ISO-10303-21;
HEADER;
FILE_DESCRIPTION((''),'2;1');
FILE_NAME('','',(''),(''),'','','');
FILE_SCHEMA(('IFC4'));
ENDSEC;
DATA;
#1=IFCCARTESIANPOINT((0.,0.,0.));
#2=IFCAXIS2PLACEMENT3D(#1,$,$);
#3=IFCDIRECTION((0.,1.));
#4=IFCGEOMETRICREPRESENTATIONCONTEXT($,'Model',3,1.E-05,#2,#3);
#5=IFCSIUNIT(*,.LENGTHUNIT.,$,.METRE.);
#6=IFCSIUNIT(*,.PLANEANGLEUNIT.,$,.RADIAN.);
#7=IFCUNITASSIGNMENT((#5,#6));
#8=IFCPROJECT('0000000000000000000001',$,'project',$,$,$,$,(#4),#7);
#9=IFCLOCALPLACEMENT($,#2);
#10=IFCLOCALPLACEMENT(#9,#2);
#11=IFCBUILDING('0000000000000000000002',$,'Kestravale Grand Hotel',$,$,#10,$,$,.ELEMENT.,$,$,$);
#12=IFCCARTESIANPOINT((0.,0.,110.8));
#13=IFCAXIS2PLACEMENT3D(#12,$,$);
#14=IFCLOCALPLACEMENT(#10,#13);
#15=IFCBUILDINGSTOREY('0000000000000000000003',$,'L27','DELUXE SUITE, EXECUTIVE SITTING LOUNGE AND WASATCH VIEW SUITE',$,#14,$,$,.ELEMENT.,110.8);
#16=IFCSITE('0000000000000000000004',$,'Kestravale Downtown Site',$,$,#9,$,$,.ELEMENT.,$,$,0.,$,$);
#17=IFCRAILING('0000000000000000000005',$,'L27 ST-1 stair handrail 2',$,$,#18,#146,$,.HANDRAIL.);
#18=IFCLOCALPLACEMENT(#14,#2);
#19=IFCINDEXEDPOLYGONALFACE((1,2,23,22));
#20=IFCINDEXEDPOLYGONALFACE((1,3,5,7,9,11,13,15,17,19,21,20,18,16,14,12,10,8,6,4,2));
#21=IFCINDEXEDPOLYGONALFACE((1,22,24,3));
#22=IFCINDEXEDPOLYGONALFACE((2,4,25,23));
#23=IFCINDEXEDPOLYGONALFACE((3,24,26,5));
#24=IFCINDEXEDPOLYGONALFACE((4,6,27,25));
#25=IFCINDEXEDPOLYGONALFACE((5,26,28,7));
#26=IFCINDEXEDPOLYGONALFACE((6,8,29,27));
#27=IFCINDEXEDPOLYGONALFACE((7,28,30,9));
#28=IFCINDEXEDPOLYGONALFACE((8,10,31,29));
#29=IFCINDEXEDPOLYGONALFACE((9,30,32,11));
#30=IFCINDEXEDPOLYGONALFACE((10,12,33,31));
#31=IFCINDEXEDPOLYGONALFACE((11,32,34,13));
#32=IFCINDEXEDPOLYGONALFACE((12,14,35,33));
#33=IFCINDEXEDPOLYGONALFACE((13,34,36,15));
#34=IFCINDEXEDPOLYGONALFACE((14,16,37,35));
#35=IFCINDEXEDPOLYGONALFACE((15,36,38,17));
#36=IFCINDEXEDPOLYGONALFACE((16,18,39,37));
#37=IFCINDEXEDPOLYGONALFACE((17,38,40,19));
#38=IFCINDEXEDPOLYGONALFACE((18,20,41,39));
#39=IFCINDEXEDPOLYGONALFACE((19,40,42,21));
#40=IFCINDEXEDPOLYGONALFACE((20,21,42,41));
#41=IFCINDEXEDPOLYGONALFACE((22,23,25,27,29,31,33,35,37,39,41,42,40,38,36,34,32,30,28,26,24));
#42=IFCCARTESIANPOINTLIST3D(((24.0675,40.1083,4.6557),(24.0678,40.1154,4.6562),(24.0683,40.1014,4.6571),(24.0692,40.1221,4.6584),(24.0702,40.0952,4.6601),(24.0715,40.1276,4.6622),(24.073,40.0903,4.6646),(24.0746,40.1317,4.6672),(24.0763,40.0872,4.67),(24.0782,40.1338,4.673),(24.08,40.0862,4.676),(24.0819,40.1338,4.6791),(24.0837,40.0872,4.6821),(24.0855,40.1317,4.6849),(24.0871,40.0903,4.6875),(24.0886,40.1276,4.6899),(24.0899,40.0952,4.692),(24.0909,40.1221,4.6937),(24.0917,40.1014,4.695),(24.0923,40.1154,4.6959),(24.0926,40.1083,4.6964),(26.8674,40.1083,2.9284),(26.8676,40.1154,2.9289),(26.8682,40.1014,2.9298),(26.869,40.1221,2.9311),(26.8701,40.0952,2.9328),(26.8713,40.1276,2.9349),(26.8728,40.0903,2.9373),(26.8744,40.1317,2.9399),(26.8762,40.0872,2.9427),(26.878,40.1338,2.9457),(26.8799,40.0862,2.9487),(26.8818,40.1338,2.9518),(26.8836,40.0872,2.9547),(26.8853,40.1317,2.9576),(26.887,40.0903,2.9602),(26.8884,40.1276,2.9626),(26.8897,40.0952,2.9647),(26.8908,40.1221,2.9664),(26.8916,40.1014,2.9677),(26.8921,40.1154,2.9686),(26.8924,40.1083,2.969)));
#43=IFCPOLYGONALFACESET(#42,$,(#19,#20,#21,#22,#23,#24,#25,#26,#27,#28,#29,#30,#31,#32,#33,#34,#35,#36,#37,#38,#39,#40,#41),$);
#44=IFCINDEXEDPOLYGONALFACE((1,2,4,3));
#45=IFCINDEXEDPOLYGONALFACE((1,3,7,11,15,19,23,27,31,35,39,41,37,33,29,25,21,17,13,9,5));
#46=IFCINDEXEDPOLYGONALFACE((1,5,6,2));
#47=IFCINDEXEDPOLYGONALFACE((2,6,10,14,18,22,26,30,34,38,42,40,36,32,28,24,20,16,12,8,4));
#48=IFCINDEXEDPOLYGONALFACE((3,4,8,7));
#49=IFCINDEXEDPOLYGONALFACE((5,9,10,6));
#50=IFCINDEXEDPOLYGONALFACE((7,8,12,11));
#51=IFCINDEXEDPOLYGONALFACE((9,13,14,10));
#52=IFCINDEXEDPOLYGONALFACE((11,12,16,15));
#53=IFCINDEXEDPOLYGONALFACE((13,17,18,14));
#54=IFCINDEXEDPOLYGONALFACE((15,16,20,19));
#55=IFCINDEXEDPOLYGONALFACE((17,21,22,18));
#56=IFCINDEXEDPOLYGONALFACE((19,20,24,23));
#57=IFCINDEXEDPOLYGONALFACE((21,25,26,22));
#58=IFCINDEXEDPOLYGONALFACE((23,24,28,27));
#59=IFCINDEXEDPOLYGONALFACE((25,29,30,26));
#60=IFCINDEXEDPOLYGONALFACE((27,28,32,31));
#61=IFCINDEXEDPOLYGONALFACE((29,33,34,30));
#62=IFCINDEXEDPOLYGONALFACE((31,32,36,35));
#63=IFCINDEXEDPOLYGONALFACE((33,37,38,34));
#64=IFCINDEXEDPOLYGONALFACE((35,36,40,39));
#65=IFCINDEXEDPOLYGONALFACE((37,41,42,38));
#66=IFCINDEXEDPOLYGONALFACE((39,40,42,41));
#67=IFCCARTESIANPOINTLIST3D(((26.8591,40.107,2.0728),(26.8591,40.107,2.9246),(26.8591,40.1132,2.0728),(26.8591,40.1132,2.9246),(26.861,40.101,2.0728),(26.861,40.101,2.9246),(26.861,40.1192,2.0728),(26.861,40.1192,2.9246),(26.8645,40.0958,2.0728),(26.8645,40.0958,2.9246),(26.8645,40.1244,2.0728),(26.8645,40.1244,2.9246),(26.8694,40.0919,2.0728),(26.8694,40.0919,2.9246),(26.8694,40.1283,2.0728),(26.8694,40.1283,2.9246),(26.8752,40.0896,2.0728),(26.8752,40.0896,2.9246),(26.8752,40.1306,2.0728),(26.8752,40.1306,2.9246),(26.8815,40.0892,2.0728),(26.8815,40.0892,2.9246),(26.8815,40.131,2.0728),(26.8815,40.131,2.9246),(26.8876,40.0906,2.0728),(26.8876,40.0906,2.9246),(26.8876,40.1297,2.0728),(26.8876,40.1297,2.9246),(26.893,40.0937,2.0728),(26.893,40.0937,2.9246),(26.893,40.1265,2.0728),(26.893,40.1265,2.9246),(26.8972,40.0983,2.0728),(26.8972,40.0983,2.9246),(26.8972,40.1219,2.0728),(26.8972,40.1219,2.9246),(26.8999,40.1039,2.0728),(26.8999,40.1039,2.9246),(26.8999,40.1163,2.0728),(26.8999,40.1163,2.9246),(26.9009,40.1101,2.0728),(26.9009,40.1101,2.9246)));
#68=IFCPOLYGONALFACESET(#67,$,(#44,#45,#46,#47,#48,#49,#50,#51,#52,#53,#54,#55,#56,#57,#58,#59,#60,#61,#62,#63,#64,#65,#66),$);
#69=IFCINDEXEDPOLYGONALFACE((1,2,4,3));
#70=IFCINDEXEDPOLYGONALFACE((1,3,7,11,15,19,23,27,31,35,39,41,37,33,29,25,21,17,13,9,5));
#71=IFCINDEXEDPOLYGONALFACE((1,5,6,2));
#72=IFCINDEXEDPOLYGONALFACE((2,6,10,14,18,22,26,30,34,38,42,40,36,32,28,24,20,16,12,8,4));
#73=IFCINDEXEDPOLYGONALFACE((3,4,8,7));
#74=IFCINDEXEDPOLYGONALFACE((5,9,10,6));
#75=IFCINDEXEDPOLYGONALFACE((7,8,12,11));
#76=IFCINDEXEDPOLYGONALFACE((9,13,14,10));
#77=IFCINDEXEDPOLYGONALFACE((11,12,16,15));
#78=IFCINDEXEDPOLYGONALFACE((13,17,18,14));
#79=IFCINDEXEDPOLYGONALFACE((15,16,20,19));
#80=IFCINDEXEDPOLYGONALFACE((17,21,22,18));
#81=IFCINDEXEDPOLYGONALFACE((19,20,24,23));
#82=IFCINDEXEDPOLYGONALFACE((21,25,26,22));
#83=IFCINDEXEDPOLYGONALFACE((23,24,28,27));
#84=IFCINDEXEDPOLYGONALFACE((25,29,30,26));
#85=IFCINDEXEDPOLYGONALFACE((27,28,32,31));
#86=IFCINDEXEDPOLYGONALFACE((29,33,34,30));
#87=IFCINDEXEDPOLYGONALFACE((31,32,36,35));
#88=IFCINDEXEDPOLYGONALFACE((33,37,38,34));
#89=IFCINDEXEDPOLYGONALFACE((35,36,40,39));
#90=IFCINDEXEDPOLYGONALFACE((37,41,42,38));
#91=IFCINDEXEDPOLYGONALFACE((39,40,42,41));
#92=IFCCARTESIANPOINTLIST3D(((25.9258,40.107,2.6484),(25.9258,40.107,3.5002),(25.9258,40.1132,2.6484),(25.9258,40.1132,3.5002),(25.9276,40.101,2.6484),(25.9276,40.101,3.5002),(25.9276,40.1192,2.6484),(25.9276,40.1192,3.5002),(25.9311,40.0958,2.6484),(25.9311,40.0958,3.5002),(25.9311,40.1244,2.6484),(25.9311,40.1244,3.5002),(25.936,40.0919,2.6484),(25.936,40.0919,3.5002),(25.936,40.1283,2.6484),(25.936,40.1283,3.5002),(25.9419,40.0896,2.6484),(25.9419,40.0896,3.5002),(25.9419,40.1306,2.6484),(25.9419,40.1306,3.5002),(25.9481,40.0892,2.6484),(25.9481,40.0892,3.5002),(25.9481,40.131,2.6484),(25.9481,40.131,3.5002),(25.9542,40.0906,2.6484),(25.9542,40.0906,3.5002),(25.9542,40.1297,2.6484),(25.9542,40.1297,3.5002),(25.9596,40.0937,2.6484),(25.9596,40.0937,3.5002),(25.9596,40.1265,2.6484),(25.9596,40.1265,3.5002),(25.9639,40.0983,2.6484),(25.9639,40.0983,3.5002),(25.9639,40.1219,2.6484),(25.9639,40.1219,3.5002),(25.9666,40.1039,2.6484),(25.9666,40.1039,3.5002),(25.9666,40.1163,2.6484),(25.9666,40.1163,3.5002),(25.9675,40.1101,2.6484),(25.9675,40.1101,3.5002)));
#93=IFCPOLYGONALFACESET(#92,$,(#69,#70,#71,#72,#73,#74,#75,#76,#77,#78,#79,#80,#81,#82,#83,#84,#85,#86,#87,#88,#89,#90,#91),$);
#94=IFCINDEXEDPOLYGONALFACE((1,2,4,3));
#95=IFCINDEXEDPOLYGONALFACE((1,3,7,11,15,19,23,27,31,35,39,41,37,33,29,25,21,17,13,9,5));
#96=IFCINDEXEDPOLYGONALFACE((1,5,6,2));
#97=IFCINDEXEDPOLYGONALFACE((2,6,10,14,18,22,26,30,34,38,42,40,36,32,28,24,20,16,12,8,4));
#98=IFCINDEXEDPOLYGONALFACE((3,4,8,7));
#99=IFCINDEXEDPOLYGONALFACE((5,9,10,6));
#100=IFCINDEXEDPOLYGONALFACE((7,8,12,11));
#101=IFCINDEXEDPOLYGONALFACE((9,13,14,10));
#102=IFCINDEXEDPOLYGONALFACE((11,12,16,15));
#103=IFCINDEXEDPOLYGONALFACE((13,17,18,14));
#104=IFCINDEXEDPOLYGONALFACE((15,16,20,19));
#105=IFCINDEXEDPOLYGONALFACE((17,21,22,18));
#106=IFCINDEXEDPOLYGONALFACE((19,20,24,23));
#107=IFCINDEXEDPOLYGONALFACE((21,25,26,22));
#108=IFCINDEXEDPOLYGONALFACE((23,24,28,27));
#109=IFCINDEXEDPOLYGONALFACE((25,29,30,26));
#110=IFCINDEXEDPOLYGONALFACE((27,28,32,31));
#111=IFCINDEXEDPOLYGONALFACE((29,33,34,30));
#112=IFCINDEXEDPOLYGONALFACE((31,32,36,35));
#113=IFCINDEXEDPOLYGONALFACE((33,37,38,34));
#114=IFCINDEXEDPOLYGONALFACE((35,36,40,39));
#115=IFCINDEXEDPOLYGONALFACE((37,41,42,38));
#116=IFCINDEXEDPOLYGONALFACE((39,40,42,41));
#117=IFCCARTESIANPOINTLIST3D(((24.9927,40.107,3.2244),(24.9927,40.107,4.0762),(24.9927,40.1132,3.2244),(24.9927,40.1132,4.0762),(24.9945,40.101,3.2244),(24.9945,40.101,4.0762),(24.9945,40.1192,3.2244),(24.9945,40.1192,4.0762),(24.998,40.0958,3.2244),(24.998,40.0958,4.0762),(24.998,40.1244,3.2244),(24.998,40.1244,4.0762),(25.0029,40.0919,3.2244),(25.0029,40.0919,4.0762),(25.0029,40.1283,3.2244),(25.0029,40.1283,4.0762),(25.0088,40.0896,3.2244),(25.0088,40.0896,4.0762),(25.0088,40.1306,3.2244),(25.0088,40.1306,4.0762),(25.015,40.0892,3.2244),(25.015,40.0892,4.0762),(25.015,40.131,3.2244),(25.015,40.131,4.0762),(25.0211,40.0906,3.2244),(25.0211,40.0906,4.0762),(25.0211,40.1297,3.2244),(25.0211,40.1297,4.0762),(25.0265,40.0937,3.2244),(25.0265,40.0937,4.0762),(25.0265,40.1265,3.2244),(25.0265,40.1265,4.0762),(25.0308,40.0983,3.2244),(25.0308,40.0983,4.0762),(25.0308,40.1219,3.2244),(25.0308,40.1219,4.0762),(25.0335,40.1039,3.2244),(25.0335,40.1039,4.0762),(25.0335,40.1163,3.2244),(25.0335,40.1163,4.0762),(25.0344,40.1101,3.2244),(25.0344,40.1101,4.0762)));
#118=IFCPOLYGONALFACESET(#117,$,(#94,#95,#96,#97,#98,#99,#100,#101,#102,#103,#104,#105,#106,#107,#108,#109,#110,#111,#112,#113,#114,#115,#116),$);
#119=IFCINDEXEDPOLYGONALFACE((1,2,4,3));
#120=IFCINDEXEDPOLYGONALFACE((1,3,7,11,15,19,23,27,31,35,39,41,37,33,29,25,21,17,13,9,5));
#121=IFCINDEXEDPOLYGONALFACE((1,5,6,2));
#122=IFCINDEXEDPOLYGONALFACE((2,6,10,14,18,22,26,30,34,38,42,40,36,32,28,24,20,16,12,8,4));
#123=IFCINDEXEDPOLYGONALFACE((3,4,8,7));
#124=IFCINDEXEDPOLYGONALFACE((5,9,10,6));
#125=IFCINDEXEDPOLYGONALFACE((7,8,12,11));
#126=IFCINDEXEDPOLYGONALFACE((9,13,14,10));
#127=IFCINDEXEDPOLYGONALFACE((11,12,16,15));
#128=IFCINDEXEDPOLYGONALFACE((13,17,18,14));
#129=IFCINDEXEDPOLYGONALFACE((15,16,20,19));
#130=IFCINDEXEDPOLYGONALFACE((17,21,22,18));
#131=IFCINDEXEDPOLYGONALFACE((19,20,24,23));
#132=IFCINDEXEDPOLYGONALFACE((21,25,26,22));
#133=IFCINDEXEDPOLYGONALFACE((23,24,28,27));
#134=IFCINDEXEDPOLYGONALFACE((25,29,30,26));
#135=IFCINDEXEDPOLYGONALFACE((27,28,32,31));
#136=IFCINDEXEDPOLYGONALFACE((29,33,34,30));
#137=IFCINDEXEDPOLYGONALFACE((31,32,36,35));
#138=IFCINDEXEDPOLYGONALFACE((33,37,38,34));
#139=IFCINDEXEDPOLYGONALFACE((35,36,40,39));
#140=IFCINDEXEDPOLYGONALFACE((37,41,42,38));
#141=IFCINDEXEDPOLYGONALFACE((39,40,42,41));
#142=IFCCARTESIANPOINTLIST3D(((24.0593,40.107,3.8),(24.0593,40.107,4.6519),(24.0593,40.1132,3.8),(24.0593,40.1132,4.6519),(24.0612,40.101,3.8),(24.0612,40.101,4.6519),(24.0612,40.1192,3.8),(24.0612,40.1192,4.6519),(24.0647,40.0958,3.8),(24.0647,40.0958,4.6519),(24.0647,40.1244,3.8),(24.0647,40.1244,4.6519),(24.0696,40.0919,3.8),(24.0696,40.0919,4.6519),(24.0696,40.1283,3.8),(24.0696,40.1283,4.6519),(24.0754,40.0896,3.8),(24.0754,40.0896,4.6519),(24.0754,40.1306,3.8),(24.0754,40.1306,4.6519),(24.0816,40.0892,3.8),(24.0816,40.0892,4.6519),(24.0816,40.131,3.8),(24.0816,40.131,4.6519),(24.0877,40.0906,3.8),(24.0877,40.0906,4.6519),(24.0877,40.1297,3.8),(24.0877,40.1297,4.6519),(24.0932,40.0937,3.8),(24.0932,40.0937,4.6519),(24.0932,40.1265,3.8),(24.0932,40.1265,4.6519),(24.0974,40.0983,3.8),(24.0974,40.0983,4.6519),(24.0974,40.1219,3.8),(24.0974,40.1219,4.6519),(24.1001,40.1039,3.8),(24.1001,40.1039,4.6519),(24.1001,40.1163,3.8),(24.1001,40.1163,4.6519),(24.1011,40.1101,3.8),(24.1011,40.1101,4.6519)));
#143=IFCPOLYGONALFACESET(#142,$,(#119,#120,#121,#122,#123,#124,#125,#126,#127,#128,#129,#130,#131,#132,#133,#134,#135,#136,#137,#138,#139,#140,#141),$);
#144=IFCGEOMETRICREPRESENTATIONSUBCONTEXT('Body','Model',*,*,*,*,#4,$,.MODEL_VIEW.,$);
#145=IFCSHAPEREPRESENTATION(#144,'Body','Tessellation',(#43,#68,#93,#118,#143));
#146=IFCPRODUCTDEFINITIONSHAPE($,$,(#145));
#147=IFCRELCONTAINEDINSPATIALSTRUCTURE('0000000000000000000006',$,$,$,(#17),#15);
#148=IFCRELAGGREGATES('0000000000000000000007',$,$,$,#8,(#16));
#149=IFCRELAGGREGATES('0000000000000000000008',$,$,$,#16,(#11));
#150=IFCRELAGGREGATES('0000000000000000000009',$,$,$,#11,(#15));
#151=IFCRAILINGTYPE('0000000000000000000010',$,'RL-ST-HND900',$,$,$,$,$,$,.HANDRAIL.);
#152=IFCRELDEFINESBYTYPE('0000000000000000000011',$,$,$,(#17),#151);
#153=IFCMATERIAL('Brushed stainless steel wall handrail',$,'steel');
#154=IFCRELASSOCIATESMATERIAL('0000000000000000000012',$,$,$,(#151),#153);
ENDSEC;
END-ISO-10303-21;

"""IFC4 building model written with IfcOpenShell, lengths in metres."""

from ifc_helpers import new_model, si_unit, direction, frame, origin, origin_2d, place, context, subcontext, project, spatial, circle, extrude, material, type_object, element, save


model = new_model("IFC4")

# Units and contexts
model_context = context("Model", 3, precision=1e-05, world=origin(), true_north=direction((0.0, 1.0)))
body_context = subcontext(model_context, "Body", "Model", "MODEL_VIEW")
ifc_project = project(units=[si_unit("LENGTHUNIT", "METRE"), si_unit("PLANEANGLEUNIT", "RADIAN")], contexts=[model_context])

# Site, building, storey
site_placement = place(None, origin())
site = spatial("IfcSite", under=ifc_project, at=site_placement, Name="Kestravale Downtown Site", CompositionType="ELEMENT", RefElevation=0.0)
building_placement = place(site_placement, origin())
building = spatial("IfcBuilding", under=site, at=building_placement, Name="Kestravale Grand Hotel", CompositionType="ELEMENT")
storey_placement = place(building_placement, frame((0.0, 0.0, 110.8)))
storey = spatial("IfcBuildingStorey", under=building, at=storey_placement, Name="L27", Description="DELUXE SUITE, EXECUTIVE SITTING LOUNGE AND WASATCH VIEW SUITE", CompositionType="ELEMENT", Elevation=110.8)

# Railing
ifc_material_1 = material(Name="Brushed stainless steel wall handrail", Category="steel")
railing_type_1 = type_object("IfcRailingType", Name="RL-ST-HND900", PredefinedType="HANDRAIL", material=ifc_material_1)
railing_1_placement = place(storey_placement, frame((26.8799, 40.1101, 2.0728)))
element("IfcRailing", 1, at=railing_1_placement, inside=storey, type_object=railing_type_1, Name="L27 ST-1 stair handrail 2", PredefinedType="HANDRAIL", context=body_context, shape_type="SweptSolid", body=[
    extrude(circle(Radius=0.0239, at=origin_2d()), frame((0.0, 0.0, 0.876), z_axis=(-0.851069, 0.0, 0.525054), x_axis=(0.0, -1.0, 0.0)), (0.0, 0.0, 1.0), 3.2898),
    extrude(circle(Radius=0.021, at=origin_2d()), origin(), (0.0, 0.0, 1.0), 0.8518),
    extrude(circle(Radius=0.021, at=origin_2d()), frame((-0.9333, 0.0, 0.5757)), (0.0, 0.0, 1.0), 0.8518),
    extrude(circle(Radius=0.021, at=origin_2d()), frame((-1.8665, 0.0, 1.1516)), (0.0, 0.0, 1.0), 0.8518),
    extrude(circle(Radius=0.021, at=origin_2d()), frame((-2.7998, 0.0, 1.7273)), (0.0, 0.0, 1.0), 0.8518),
])

save(model, "model.ifc")
